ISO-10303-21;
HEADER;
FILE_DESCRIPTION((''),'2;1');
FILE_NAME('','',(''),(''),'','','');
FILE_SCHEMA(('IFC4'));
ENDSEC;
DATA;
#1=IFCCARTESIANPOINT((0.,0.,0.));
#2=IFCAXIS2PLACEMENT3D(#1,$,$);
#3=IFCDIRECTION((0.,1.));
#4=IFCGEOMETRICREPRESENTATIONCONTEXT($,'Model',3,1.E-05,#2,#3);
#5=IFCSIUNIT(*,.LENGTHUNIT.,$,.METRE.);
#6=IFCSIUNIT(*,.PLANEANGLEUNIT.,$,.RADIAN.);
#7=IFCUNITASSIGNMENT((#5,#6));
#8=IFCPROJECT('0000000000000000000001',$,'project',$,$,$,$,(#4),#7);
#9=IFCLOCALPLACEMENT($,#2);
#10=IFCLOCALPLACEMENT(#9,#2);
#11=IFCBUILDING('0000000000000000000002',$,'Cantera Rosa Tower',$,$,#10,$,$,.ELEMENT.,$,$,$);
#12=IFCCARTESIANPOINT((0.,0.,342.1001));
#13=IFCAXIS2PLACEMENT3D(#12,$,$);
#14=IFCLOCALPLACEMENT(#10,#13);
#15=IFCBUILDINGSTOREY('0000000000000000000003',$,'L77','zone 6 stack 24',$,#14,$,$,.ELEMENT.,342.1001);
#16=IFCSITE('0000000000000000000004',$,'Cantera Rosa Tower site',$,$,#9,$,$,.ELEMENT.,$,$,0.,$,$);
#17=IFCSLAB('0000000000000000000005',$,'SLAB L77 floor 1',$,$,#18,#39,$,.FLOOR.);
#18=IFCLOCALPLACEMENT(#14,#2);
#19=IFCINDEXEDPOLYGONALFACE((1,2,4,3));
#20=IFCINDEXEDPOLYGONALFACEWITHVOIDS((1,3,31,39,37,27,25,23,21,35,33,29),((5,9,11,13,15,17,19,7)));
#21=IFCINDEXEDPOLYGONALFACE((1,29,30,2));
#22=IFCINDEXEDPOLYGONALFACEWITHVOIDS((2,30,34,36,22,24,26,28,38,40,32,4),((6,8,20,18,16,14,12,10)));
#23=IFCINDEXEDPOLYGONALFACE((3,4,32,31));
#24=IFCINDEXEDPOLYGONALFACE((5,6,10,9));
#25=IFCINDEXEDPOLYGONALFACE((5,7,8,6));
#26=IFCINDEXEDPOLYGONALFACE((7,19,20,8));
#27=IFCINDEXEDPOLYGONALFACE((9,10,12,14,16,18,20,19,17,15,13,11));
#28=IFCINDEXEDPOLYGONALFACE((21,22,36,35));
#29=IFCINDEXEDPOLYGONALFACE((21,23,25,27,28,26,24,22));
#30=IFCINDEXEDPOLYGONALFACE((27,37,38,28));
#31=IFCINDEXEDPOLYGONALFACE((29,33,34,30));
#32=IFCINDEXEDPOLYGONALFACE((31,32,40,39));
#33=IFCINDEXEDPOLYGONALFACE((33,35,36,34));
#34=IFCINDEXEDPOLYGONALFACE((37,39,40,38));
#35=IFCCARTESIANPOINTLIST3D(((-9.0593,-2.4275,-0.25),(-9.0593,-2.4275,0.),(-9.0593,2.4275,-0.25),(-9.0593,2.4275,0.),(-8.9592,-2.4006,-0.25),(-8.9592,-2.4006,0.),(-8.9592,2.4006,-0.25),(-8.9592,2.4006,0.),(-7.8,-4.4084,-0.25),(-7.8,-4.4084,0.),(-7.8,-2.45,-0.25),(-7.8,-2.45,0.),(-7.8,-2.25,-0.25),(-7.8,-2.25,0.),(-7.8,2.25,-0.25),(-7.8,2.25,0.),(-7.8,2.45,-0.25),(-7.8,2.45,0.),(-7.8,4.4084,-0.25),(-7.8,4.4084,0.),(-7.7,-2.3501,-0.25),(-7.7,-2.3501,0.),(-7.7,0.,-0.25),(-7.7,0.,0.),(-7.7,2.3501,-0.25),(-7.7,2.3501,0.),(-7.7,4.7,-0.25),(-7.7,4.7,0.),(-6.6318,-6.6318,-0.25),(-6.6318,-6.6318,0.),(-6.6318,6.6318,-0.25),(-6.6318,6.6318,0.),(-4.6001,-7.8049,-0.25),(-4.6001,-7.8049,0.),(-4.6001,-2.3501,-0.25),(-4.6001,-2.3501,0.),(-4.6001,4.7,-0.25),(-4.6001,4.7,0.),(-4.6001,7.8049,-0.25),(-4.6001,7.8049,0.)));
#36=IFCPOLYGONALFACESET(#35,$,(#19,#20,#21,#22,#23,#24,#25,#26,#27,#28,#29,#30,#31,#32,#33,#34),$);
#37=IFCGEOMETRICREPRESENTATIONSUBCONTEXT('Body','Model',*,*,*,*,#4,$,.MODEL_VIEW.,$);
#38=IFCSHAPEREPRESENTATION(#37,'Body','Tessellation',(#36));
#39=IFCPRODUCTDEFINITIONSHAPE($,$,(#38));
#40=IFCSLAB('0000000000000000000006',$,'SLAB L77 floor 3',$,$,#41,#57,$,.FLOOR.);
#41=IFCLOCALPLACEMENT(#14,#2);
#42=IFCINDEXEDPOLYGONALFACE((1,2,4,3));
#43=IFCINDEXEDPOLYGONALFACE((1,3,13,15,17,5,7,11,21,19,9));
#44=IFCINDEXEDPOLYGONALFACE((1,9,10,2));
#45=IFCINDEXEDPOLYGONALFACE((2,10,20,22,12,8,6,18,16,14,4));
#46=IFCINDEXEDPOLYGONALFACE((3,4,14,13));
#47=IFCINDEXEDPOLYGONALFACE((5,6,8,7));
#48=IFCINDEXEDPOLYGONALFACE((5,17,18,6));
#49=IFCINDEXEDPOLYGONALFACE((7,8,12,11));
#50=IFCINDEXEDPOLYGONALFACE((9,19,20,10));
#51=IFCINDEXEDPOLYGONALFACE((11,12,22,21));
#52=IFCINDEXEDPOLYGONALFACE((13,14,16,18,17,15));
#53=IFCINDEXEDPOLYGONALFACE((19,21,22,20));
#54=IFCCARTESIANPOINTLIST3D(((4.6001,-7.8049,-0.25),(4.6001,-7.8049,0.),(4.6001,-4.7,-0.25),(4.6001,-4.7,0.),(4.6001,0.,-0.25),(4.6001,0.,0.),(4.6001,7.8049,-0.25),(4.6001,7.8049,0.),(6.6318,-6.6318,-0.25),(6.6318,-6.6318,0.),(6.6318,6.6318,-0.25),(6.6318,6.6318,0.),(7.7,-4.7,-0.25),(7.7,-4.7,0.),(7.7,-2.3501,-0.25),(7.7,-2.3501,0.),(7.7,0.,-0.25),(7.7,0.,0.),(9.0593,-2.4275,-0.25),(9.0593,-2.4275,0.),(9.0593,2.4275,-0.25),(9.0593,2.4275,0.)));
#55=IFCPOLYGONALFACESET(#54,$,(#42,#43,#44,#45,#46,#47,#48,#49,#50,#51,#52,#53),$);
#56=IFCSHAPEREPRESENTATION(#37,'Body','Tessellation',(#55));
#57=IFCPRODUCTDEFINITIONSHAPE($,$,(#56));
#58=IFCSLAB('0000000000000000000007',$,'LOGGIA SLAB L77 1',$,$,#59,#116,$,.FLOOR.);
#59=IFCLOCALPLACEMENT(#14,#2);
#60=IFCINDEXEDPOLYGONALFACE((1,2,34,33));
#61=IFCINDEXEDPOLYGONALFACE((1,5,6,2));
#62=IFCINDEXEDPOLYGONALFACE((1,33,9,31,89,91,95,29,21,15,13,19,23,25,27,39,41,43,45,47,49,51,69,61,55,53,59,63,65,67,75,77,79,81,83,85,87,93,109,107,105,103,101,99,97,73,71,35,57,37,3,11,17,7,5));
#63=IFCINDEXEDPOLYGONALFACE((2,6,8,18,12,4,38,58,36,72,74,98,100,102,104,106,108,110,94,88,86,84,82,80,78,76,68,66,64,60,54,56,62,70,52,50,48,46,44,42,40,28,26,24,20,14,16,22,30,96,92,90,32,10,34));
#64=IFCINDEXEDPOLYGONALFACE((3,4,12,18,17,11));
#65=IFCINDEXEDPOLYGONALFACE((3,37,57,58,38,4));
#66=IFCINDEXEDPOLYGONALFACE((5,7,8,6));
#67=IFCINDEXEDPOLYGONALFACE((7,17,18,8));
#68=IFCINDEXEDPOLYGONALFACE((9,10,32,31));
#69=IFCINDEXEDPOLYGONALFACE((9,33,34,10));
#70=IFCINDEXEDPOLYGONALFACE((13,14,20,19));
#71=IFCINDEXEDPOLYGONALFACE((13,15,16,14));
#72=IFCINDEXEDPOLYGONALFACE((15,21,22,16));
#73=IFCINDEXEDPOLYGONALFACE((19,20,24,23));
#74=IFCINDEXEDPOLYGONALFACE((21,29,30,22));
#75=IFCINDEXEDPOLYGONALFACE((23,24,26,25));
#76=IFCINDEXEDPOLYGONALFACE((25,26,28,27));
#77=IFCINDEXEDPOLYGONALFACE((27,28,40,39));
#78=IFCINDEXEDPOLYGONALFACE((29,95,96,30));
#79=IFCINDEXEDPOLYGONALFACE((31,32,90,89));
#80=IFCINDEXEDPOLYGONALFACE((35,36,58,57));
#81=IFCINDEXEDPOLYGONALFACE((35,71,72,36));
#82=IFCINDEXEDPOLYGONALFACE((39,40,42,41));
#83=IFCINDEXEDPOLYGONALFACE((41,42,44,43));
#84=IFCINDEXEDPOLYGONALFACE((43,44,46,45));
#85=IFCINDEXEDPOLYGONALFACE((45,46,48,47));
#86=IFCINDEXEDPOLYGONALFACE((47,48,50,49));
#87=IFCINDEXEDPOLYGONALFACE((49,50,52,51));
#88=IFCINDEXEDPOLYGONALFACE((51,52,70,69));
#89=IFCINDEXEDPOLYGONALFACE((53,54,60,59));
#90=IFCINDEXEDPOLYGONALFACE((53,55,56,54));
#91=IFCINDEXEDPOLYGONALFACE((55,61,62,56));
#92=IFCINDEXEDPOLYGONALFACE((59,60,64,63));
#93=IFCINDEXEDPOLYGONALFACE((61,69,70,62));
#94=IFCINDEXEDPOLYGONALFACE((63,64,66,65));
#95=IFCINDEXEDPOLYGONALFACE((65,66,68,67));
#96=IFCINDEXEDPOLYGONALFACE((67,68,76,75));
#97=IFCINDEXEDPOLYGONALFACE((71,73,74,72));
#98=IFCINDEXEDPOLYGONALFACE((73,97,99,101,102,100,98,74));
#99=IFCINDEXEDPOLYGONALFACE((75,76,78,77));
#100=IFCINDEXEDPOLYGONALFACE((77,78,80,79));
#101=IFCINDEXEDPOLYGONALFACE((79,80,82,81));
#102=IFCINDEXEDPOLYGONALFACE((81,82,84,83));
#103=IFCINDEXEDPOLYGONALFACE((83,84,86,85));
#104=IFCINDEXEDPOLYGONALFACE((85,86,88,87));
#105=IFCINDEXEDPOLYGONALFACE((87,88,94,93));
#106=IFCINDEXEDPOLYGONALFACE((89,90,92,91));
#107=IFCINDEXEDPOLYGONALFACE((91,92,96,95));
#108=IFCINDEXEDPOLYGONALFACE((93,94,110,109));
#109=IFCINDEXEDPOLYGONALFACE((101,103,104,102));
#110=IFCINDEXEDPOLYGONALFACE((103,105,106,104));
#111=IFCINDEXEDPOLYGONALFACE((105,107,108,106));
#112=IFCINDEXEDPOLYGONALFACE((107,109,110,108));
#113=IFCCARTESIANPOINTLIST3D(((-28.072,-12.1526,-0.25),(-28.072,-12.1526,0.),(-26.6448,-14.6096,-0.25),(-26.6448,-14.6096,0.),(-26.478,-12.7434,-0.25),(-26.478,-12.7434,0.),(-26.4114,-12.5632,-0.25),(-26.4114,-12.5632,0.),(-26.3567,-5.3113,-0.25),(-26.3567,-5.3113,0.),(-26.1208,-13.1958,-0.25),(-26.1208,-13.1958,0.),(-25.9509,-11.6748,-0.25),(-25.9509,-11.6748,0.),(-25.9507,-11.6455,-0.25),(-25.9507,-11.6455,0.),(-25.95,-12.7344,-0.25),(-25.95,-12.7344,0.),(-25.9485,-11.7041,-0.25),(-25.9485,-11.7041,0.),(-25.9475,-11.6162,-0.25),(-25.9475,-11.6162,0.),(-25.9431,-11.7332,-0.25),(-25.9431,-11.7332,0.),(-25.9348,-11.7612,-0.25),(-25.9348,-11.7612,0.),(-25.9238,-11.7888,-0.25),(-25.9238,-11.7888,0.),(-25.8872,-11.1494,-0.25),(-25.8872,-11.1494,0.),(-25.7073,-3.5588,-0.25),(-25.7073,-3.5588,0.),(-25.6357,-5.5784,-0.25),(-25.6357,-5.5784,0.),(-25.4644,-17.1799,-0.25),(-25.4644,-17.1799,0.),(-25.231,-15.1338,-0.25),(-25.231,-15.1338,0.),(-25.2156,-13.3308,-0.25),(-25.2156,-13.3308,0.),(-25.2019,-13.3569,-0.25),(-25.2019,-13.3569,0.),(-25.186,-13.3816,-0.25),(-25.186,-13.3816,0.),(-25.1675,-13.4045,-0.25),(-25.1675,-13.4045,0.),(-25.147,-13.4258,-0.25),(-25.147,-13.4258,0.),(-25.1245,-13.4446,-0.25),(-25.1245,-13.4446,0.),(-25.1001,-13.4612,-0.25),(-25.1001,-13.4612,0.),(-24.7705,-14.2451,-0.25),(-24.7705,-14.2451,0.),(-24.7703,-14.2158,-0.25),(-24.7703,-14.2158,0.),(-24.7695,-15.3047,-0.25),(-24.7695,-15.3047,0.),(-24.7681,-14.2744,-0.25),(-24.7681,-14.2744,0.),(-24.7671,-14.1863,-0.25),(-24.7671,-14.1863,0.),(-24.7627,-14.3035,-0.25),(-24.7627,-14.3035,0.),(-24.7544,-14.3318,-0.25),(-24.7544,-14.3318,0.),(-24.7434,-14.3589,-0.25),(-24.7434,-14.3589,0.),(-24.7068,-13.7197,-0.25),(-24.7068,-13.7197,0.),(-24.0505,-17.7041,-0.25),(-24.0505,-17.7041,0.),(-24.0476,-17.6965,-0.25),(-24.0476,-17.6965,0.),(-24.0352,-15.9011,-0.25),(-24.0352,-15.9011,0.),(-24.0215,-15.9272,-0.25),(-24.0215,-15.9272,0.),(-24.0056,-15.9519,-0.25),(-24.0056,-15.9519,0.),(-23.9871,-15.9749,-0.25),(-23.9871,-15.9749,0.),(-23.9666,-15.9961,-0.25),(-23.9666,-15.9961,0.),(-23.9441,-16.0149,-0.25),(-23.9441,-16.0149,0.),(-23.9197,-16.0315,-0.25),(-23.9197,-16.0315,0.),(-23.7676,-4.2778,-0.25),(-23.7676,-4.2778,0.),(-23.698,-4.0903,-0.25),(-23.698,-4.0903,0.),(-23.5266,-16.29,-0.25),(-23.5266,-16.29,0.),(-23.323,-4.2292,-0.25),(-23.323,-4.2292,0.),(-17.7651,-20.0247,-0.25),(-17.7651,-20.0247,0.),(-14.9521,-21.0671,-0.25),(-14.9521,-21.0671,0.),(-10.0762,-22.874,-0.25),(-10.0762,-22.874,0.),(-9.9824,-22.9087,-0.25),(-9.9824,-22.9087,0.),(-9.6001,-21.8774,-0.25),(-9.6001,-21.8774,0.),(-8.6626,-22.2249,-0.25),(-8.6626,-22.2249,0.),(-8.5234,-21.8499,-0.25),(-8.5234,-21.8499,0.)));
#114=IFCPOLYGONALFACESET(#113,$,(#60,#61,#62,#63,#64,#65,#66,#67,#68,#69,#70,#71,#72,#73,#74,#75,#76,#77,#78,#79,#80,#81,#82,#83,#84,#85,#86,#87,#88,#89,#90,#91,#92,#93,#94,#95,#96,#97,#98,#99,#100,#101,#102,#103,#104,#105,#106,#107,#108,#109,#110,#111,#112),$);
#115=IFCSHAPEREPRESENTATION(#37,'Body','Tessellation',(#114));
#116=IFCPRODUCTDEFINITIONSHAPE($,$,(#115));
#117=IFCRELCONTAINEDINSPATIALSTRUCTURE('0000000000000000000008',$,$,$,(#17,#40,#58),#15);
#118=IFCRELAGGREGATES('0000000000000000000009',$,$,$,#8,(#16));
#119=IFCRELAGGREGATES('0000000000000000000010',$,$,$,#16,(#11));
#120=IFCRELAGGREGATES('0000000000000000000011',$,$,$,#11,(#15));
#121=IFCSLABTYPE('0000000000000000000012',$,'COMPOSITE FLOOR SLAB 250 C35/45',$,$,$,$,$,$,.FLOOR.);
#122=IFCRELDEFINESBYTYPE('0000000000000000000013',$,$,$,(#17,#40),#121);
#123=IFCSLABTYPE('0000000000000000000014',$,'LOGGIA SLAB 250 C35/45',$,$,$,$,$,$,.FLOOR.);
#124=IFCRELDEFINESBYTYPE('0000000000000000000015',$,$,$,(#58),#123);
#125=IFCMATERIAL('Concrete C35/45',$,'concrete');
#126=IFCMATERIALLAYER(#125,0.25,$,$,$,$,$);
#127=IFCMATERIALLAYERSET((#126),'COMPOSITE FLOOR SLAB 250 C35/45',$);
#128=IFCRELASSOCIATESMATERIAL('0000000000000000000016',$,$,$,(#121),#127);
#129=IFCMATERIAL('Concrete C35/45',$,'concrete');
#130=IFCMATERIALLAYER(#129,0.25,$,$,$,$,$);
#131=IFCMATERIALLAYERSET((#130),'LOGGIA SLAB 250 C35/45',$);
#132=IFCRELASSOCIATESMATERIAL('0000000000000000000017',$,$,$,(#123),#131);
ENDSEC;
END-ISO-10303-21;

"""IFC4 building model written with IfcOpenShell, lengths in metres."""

from ifc_helpers import new_model, si_unit, direction, frame, origin, place, context, subcontext, project, spatial, polyline, outline, extrude, material, layer, layer_set, type_object, element, save


model = new_model("IFC4")

# Units and contexts
model_context = context("Model", 3, precision=1e-05, world=origin(), true_north=direction((0.0, 1.0)))
body_context = subcontext(model_context, "Body", "Model", "MODEL_VIEW")
ifc_project = project(units=[si_unit("LENGTHUNIT", "METRE"), si_unit("PLANEANGLEUNIT", "RADIAN")], contexts=[model_context])

# Site, building, storey
site_placement = place(None, origin())
site = spatial("IfcSite", under=ifc_project, at=site_placement, Name="Cantera Rosa Tower site", CompositionType="ELEMENT", RefElevation=0.0)
building_placement = place(site_placement, origin())
building = spatial("IfcBuilding", under=site, at=building_placement, Name="Cantera Rosa Tower", CompositionType="ELEMENT")
storey_placement = place(building_placement, frame((0.0, 0.0, 342.1001)))
storey = spatial("IfcBuildingStorey", under=building, at=storey_placement, Name="L77", Description="zone 6 stack 24", CompositionType="ELEMENT", Elevation=342.1001)

# Slabs
ifc_material_1 = material(Name="Concrete C35/45", Category="concrete")
ifc_layer_1 = layer(ifc_material_1, 0.25)
ifc_layer_set_1 = layer_set([ifc_layer_1], Name="COMPOSITE FLOOR SLAB 250 C35/45")
slab_type_1 = type_object("IfcSlabType", Name="COMPOSITE FLOOR SLAB 250 C35/45", PredefinedType="FLOOR", material=ifc_layer_set_1)
slab_1_placement = place(storey_placement, frame((0.0, 0.0, -0.25)))
element("IfcSlab", 1, at=slab_1_placement, inside=storey, type_object=slab_type_1, Name="SLAB L77 floor 1", PredefinedType="FLOOR", context=body_context, shape_type="SweptSolid", body=[
    extrude(outline(polyline([(-7.7, -2.3501), (-4.6001, -2.3501), (-4.6001, -7.8049), (-6.6318, -6.6318), (-9.0593, -2.4275), (-9.0593, 2.4275), (-6.6318, 6.6318), (-4.6001, 7.8049), (-4.6001, 4.7), (-7.7, 4.7), (-7.7, 2.3501), (-7.7, 0.0), (-7.7, -2.3501)]), holes=[polyline([(-8.9592, 2.4006), (-8.9592, -2.4006), (-7.8, -4.4084), (-7.8, -2.45), (-7.8, -2.25), (-7.8, 2.25), (-7.8, 2.45), (-7.8, 4.4084), (-8.9592, 2.4006)])]), origin(), (0.0, 0.0, 1.0), 0.25),
])
slab_2_placement = place(storey_placement, frame((0.0, 0.0, -0.25)))
element("IfcSlab", 2, at=slab_2_placement, inside=storey, type_object=slab_type_1, Name="SLAB L77 floor 3", PredefinedType="FLOOR", context=body_context, shape_type="SweptSolid", body=[
    extrude(outline(polyline([(4.6001, 0.0), (4.6001, 7.8049), (6.6318, 6.6318), (9.0593, 2.4275), (9.0593, -2.4275), (6.6318, -6.6318), (4.6001, -7.8049), (4.6001, -4.7), (7.7, -4.7), (7.7, -2.3501), (7.7, 0.0), (4.6001, 0.0)])), origin(), (0.0, 0.0, 1.0), 0.25),
])
ifc_material_2 = material(Name="Concrete C35/45", Category="concrete")
ifc_layer_2 = layer(ifc_material_2, 0.25)
ifc_layer_set_2 = layer_set([ifc_layer_2], Name="LOGGIA SLAB 250 C35/45")
slab_type_2 = type_object("IfcSlabType", Name="LOGGIA SLAB 250 C35/45", PredefinedType="FLOOR", material=ifc_layer_set_2)
slab_3_placement = place(storey_placement, frame((0.0, 0.0, -0.25)))
element("IfcSlab", 3, at=slab_3_placement, inside=storey, type_object=slab_type_2, Name="LOGGIA SLAB L77 1", PredefinedType="FLOOR", context=body_context, shape_type="SweptSolid", body=[
    extrude(outline(polyline([(-17.7651, -20.0247), (-24.0476, -17.6965), (-24.0505, -17.7041), (-25.4644, -17.1799), (-24.7695, -15.3047), (-25.231, -15.1338), (-26.6448, -14.6096), (-26.1208, -13.1958), (-25.95, -12.7344), (-26.4114, -12.5632), (-26.478, -12.7434), (-28.072, -12.1526), (-25.6357, -5.5784), (-26.3567, -5.3113), (-25.7073, -3.5588), (-23.7676, -4.2778), (-23.698, -4.0903), (-23.323, -4.2292), (-25.8872, -11.1494), (-25.9475, -11.6162), (-25.9507, -11.6455), (-25.9509, -11.6748), (-25.9485, -11.7041), (-25.9431, -11.7332), (-25.9348, -11.7612), (-25.9238, -11.7888), (-25.2156, -13.3308), (-25.2019, -13.3569), (-25.186, -13.3816), (-25.1675, -13.4045), (-25.147, -13.4258), (-25.1245, -13.4446), (-25.1001, -13.4612), (-24.7068, -13.7197), (-24.7671, -14.1863), (-24.7703, -14.2158), (-24.7705, -14.2451), (-24.7681, -14.2744), (-24.7627, -14.3035), (-24.7544, -14.3318), (-24.7434, -14.3589), (-24.0352, -15.9011), (-24.0215, -15.9272), (-24.0056, -15.9519), (-23.9871, -15.9749), (-23.9666, -15.9961), (-23.9441, -16.0149), (-23.9197, -16.0315), (-23.5266, -16.29), (-8.5234, -21.8499), (-8.6626, -22.2249), (-9.6001, -21.8774), (-9.9824, -22.9087), (-10.0762, -22.874), (-14.9521, -21.0671), (-17.7651, -20.0247)])), origin(), (0.0, 0.0, 1.0), 0.25),
])

save(model, "model.ifc")
